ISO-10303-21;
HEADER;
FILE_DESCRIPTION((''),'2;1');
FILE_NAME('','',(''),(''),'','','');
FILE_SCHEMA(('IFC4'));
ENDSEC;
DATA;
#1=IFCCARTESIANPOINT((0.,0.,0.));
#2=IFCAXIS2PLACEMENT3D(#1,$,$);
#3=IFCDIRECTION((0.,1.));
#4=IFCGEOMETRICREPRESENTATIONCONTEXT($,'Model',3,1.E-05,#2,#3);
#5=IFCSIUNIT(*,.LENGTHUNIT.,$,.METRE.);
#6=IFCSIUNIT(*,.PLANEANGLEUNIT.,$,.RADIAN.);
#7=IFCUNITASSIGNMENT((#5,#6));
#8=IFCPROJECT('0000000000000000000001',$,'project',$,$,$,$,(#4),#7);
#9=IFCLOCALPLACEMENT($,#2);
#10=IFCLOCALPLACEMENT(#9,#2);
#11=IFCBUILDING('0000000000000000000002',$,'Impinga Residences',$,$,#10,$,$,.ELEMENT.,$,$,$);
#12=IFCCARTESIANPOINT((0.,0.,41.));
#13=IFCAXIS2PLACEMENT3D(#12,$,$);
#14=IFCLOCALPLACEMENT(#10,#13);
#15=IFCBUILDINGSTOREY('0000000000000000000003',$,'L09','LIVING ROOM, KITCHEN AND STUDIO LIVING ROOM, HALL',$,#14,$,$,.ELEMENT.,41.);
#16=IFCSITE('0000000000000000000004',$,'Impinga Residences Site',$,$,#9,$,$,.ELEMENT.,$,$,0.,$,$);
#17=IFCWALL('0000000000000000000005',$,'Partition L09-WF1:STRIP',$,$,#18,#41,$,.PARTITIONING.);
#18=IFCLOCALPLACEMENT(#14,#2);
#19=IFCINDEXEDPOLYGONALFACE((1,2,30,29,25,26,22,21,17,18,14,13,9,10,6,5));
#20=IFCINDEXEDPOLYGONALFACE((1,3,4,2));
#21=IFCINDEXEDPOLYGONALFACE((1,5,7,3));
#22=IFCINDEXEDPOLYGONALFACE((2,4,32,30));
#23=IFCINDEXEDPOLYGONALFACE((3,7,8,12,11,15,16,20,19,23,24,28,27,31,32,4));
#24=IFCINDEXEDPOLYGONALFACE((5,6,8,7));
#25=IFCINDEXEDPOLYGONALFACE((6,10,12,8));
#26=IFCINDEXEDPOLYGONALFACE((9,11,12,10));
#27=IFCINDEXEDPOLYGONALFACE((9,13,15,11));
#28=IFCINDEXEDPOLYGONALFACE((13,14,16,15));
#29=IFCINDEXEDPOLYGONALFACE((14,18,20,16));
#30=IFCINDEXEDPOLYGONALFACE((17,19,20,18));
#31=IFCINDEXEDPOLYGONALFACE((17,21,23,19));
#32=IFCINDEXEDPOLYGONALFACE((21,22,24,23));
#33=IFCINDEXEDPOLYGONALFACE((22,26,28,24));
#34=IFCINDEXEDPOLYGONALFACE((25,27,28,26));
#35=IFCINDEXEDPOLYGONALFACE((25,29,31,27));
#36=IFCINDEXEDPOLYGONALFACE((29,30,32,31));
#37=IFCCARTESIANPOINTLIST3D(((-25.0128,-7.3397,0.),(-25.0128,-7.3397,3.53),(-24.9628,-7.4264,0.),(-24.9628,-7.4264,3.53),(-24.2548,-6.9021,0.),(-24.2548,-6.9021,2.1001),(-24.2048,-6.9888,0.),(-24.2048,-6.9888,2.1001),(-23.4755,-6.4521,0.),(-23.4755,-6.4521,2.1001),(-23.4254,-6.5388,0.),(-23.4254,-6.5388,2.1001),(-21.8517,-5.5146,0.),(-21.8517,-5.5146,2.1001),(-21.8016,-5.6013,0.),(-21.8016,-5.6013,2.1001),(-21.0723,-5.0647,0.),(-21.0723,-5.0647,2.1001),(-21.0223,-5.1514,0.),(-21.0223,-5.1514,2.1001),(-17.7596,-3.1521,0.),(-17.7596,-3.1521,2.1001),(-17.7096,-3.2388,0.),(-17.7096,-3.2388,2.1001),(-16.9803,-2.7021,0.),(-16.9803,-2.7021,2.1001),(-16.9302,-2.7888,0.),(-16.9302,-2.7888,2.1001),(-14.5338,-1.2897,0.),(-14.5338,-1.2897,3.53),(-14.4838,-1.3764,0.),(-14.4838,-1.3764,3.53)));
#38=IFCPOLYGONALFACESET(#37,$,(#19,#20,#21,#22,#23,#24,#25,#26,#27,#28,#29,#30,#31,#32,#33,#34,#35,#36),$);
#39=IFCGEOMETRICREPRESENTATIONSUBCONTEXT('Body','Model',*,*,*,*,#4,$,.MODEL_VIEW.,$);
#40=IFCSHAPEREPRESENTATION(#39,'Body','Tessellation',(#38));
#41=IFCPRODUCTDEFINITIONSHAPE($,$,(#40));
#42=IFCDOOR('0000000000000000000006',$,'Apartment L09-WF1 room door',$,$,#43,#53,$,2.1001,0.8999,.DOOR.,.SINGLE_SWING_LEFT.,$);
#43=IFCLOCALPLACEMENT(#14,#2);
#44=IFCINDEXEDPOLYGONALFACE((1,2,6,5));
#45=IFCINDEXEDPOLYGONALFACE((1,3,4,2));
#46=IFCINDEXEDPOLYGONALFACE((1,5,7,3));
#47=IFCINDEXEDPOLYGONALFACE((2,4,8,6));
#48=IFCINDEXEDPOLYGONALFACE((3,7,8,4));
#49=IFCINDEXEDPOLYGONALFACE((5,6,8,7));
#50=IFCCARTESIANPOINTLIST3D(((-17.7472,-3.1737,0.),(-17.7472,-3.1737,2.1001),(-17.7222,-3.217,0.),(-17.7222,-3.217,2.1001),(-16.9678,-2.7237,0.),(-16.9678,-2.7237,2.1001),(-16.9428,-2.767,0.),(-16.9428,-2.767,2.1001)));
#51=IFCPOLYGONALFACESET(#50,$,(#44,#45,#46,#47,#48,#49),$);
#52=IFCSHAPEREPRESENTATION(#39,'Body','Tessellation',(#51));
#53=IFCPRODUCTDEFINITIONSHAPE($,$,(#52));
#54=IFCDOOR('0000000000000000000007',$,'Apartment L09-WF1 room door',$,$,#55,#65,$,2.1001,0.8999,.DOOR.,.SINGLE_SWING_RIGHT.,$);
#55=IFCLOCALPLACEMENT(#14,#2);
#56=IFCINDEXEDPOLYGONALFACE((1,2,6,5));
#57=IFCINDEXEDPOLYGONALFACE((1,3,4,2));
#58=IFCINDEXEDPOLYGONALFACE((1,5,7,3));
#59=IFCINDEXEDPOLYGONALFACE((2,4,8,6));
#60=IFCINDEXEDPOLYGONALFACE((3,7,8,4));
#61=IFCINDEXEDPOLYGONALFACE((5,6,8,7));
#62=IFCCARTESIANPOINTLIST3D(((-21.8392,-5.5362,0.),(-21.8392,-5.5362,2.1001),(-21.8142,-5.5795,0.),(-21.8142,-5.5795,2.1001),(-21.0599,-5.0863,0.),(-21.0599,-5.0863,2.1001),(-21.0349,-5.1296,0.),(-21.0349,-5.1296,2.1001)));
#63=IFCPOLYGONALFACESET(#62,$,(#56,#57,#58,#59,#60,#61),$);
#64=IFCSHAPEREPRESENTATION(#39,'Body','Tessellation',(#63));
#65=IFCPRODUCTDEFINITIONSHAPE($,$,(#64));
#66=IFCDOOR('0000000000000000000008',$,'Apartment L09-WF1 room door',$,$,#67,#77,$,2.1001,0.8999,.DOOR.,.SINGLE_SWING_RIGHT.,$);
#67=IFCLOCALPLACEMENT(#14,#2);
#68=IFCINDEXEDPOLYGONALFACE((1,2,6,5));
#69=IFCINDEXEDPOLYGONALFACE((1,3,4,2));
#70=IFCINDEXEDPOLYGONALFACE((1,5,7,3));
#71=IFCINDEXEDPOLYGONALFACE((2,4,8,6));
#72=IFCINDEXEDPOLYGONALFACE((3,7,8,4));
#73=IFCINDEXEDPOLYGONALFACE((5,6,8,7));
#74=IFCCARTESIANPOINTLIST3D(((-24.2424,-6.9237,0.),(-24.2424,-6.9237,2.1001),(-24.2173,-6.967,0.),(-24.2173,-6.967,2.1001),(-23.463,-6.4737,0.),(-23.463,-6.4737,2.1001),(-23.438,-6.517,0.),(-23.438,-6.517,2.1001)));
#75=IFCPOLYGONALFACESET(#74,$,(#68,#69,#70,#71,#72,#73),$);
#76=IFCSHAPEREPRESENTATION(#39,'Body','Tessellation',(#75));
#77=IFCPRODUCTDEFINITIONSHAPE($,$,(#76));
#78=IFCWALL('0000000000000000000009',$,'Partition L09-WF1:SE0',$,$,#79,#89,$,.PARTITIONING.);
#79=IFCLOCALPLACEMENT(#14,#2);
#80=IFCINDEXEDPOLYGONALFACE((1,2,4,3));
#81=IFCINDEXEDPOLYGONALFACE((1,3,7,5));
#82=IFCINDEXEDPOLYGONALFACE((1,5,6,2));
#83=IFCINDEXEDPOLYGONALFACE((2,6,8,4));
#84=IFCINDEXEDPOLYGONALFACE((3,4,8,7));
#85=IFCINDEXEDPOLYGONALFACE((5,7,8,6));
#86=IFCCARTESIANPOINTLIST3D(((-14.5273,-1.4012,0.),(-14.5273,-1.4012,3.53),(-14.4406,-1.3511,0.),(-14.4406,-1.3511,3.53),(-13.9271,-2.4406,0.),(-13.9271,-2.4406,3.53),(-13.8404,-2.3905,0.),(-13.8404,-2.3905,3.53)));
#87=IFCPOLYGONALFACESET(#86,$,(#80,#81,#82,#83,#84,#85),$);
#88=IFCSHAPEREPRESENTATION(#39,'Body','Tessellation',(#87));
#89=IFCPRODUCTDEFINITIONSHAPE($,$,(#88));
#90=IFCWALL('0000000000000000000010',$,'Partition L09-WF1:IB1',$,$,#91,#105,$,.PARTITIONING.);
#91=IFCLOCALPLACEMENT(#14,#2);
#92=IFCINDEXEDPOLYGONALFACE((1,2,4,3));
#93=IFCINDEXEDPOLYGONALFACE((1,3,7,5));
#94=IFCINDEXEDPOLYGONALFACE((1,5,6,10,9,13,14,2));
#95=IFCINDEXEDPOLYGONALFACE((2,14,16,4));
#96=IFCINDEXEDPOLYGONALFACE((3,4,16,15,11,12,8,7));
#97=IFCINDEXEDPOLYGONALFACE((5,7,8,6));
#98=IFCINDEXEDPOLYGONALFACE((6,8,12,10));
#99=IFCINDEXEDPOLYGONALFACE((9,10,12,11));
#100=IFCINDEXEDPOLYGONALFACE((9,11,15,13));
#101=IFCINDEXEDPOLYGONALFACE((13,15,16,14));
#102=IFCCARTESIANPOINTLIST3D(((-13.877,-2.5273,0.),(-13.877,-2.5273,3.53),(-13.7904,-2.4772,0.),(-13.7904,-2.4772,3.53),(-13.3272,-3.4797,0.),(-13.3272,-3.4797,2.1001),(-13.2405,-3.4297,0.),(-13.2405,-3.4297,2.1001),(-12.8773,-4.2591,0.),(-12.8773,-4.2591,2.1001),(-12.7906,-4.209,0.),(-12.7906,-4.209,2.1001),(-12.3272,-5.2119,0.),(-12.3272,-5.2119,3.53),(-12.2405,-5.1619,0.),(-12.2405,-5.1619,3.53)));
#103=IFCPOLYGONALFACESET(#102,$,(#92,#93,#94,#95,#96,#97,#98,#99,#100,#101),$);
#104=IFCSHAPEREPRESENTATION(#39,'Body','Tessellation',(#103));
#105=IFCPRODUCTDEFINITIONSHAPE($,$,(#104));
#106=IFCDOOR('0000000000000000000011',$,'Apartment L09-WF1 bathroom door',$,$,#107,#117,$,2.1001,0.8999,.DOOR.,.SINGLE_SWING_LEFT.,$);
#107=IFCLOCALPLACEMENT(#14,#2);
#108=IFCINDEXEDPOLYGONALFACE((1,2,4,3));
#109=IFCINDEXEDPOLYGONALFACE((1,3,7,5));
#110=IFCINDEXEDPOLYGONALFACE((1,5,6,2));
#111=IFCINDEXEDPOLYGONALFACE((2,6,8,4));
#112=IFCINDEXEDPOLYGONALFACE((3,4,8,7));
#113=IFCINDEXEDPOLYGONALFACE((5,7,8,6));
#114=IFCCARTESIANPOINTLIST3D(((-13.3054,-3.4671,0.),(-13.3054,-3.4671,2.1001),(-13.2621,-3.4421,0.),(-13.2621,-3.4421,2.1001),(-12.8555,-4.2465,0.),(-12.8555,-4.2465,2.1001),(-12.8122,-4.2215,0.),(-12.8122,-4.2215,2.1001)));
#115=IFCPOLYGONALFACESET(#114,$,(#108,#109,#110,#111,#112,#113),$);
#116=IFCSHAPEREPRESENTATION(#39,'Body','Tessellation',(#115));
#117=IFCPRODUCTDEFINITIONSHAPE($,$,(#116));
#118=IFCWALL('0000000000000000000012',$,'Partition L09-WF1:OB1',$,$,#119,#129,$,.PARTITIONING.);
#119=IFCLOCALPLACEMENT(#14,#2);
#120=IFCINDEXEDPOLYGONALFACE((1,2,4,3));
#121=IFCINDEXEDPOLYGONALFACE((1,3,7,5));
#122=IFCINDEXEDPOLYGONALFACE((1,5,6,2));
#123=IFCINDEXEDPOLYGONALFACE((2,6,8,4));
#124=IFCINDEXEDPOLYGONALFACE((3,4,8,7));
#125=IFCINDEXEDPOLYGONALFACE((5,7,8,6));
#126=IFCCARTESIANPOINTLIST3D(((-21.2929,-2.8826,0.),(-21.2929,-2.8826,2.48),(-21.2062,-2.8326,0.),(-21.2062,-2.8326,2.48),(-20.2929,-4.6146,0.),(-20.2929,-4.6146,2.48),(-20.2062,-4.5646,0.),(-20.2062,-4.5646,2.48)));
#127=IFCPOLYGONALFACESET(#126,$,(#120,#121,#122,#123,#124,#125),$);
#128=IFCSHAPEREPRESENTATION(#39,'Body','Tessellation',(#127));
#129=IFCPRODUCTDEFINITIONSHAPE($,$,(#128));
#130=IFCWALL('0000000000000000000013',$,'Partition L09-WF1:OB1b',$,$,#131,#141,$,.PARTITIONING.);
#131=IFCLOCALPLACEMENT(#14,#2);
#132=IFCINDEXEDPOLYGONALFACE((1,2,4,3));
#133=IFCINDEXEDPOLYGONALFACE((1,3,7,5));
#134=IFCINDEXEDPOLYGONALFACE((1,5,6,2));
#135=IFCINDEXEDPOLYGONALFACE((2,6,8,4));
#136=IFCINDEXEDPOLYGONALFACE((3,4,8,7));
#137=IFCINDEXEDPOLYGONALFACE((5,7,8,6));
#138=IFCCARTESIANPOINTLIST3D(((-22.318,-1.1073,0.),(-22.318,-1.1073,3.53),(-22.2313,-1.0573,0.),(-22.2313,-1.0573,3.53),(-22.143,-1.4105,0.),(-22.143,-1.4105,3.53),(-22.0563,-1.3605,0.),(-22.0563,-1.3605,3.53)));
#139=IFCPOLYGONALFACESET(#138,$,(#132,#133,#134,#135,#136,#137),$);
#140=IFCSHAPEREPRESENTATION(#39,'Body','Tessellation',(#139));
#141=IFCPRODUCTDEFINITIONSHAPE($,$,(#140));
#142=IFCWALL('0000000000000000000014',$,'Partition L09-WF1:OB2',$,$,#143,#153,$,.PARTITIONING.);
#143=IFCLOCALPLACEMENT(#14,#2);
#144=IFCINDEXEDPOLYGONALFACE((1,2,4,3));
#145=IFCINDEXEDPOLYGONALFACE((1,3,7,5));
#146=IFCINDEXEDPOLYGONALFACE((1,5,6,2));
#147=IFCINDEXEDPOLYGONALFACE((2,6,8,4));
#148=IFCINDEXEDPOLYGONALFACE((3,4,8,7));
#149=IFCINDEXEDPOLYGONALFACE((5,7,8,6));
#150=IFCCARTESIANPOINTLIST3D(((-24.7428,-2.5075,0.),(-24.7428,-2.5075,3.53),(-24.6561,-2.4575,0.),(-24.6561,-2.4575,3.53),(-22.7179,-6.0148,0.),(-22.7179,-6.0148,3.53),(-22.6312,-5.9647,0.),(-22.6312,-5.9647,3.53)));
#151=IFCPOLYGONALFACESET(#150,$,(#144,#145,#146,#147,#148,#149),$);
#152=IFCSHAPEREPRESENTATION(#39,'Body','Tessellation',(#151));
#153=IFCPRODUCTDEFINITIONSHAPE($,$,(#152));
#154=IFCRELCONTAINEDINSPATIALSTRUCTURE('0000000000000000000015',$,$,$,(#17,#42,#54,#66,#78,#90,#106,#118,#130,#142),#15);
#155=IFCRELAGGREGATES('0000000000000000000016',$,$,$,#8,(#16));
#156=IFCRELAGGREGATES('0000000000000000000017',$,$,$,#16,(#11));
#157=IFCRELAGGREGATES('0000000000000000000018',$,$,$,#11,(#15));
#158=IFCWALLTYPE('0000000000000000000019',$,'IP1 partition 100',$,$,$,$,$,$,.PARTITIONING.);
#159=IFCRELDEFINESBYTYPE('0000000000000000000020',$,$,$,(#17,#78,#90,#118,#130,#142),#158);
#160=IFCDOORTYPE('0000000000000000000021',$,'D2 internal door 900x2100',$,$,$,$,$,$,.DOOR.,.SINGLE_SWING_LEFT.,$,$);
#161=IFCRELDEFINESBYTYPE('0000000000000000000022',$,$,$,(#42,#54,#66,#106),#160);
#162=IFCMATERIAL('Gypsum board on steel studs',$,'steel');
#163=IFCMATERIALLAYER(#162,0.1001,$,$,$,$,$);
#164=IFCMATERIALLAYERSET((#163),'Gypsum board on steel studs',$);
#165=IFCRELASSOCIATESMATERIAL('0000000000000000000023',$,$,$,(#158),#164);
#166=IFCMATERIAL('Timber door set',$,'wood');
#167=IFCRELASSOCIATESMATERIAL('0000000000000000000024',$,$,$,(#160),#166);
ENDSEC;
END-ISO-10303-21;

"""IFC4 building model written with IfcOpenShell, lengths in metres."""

from ifc_helpers import new_model, si_unit, direction, frame, frame_2d, origin, place, context, subcontext, project, spatial, rectangle, extrude, material, layer, layer_set, type_object, element, fill, save


model = new_model("IFC4")

# Units and contexts
model_context = context("Model", 3, precision=1e-05, world=origin(), true_north=direction((0.0, 1.0)))
body_context = subcontext(model_context, "Body", "Model", "MODEL_VIEW")
ifc_project = project(units=[si_unit("LENGTHUNIT", "METRE"), si_unit("PLANEANGLEUNIT", "RADIAN")], contexts=[model_context])

# Site, building, storey
site_placement = place(None, origin())
site = spatial("IfcSite", under=ifc_project, at=site_placement, Name="Impinga Residences Site", CompositionType="ELEMENT", RefElevation=0.0)
building_placement = place(site_placement, origin())
building = spatial("IfcBuilding", under=site, at=building_placement, Name="Impinga Residences", CompositionType="ELEMENT")
storey_placement = place(building_placement, frame((0.0, 0.0, 41.0)))
storey = spatial("IfcBuildingStorey", under=building, at=storey_placement, Name="L09", Description="LIVING ROOM, KITCHEN AND STUDIO LIVING ROOM, HALL", CompositionType="ELEMENT", Elevation=41.0)

# Shared definitions
ifc_material_1 = material(Name="Timber door set", Category="wood")

# Shared definitions
ifc_material_2 = material(Name="Gypsum board on steel studs", Category="steel")
ifc_layer_1 = layer(ifc_material_2, 0.1001)
ifc_layer_set_1 = layer_set([ifc_layer_1], Name="Gypsum board on steel studs")
wall_type_1 = type_object("IfcWallType", Name="IP1 partition 100", PredefinedType="PARTITIONING", material=ifc_layer_set_1)

# Wall, openings, doors
wall_1_placement = place(storey_placement, frame((-14.5088, -1.333, 0.0), z_axis=(0.0, 0.0, 1.0), x_axis=(-0.866026, -0.5, 0.0)))
wall_1 = element("IfcWall", 1, at=wall_1_placement, inside=storey, type_object=wall_type_1, Name="Partition L09-WF1:STRIP", PredefinedType="PARTITIONING", context=body_context, shape_type="SweptSolid", body=[
    extrude(rectangle(XDim=12.1001, YDim=0.1001, at=frame_2d((6.05, 0.0))), origin(), (0.0, 0.0, 1.0), 3.53),
])
opening_1_placement = place(wall_1_placement, frame((2.825, 0.0, 0.0)))
opening_1 = element("IfcOpeningElement", 2, at=opening_1_placement, cuts=wall_1, PredefinedType="OPENING", context=body_context, shape_type="SweptSolid", body=[
    extrude(rectangle(XDim=0.8999, YDim=2.1001, at=frame_2d((0.45, 1.05))), frame((0.0, 0.0601, 0.0), z_axis=(0.0, -1.0, 0.0), x_axis=(1.0, 0.0, 0.0)), (0.0, 0.0, 1.0), 0.1201),
])
opening_2_placement = place(wall_1_placement, frame((7.55, 0.0, 0.0)))
opening_2 = element("IfcOpeningElement", 3, at=opening_2_placement, cuts=wall_1, PredefinedType="OPENING", context=body_context, shape_type="SweptSolid", body=[
    extrude(rectangle(XDim=0.8999, YDim=2.1001, at=frame_2d((0.45, 1.05))), frame((0.0, 0.0601, 0.0), z_axis=(0.0, -1.0, 0.0), x_axis=(1.0, 0.0, 0.0)), (0.0, 0.0, 1.0), 0.1201),
])
opening_3_placement = place(wall_1_placement, frame((10.325, 0.0, 0.0)))
opening_3 = element("IfcOpeningElement", 4, at=opening_3_placement, cuts=wall_1, PredefinedType="OPENING", context=body_context, shape_type="SweptSolid", body=[
    extrude(rectangle(XDim=0.8999, YDim=2.1001, at=frame_2d((0.45, 1.05))), frame((0.0, 0.0601, 0.0), z_axis=(0.0, -1.0, 0.0), x_axis=(1.0, 0.0, 0.0)), (0.0, 0.0, 1.0), 0.1201),
])
door_type_1 = type_object("IfcDoorType", Name="D2 internal door 900x2100", OperationType="SINGLE_SWING_LEFT", PredefinedType="DOOR", material=ifc_material_1)
door_1_placement = place(opening_1_placement, origin())
door_1 = element("IfcDoor", 5, at=door_1_placement, inside=storey, type_object=door_type_1, Name="Apartment L09-WF1 room door", OperationType="SINGLE_SWING_LEFT", OverallHeight=2.1001, OverallWidth=0.8999, PredefinedType="DOOR", context=body_context, shape_type="SweptSolid", body=[
    extrude(rectangle(XDim=0.8999, YDim=2.1001, at=frame_2d((0.45, 1.05))), frame((0.0, 0.0249, 0.0), z_axis=(0.0, -1.0, 0.0), x_axis=(1.0, 0.0, 0.0)), (0.0, 0.0, 1.0), 0.05),
])
fill(opening_1, door_1)
door_2_placement = place(opening_2_placement, origin())
door_2 = element("IfcDoor", 6, at=door_2_placement, inside=storey, type_object=door_type_1, Name="Apartment L09-WF1 room door", OperationType="SINGLE_SWING_RIGHT", OverallHeight=2.1001, OverallWidth=0.8999, PredefinedType="DOOR", context=body_context, shape_type="SweptSolid", body=[
    extrude(rectangle(XDim=0.8999, YDim=2.1001, at=frame_2d((0.45, 1.05))), frame((0.0, 0.0249, 0.0), z_axis=(0.0, -1.0, 0.0), x_axis=(1.0, 0.0, 0.0)), (0.0, 0.0, 1.0), 0.05),
])
fill(opening_2, door_2)
door_3_placement = place(opening_3_placement, origin())
door_3 = element("IfcDoor", 7, at=door_3_placement, inside=storey, type_object=door_type_1, Name="Apartment L09-WF1 room door", OperationType="SINGLE_SWING_RIGHT", OverallHeight=2.1001, OverallWidth=0.8999, PredefinedType="DOOR", context=body_context, shape_type="SweptSolid", body=[
    extrude(rectangle(XDim=0.8999, YDim=2.1001, at=frame_2d((0.45, 1.05))), frame((0.0, 0.0249, 0.0), z_axis=(0.0, -1.0, 0.0), x_axis=(1.0, 0.0, 0.0)), (0.0, 0.0, 1.0), 0.05),
])
fill(opening_3, door_3)

# Wall
wall_2_placement = place(storey_placement, frame((-13.8838, -2.4155, 0.0), z_axis=(0.0, 0.0, 1.0), x_axis=(-0.500034, 0.866006, 0.0)))
element("IfcWall", 8, at=wall_2_placement, inside=storey, type_object=wall_type_1, Name="Partition L09-WF1:SE0", PredefinedType="PARTITIONING", context=body_context, shape_type="SweptSolid", body=[
    extrude(rectangle(XDim=1.2002, YDim=0.1001, at=frame_2d((0.6001, 0.0))), origin(), (0.0, 0.0, 1.0), 3.53),
])

# Wall, opening, door
wall_3_placement = place(storey_placement, frame((-12.2839, -5.1868, 0.0), z_axis=(0.0, 0.0, 1.0), x_axis=(-0.499968, 0.866044, 0.0)))
wall_3 = element("IfcWall", 9, at=wall_3_placement, inside=storey, type_object=wall_type_1, Name="Partition L09-WF1:IB1", PredefinedType="PARTITIONING", context=body_context, shape_type="SweptSolid", body=[
    extrude(rectangle(XDim=3.0999, YDim=0.1001, at=frame_2d((1.5498, 0.0))), origin(), (0.0, 0.0, 1.0), 3.53),
])
opening_4_placement = place(wall_3_placement, frame((1.1001, 0.0, 0.0)))
opening_4 = element("IfcOpeningElement", 10, at=opening_4_placement, cuts=wall_3, PredefinedType="OPENING", context=body_context, shape_type="SweptSolid", body=[
    extrude(rectangle(XDim=0.8999, YDim=2.1001, at=frame_2d((0.45, 1.05))), frame((0.0, 0.0601, 0.0), z_axis=(0.0, -1.0, 0.0), x_axis=(1.0, 0.0, 0.0)), (0.0, 0.0, 1.0), 0.1201),
])
door_4_placement = place(opening_4_placement, origin())
door_4 = element("IfcDoor", 11, at=door_4_placement, inside=storey, type_object=door_type_1, Name="Apartment L09-WF1 bathroom door", OperationType="SINGLE_SWING_LEFT", OverallHeight=2.1001, OverallWidth=0.8999, PredefinedType="DOOR", context=body_context, shape_type="SweptSolid", body=[
    extrude(rectangle(XDim=0.8999, YDim=2.1001, at=frame_2d((0.45, 1.05))), frame((0.0, 0.0249, 0.0), z_axis=(0.0, -1.0, 0.0), x_axis=(1.0, 0.0, 0.0)), (0.0, 0.0, 1.0), 0.05),
])
fill(opening_4, door_4)

# Walls
wall_4_placement = place(storey_placement, frame((-20.2495, -4.5896, 0.0), z_axis=(0.0, 0.0, 1.0), x_axis=(-0.500025, 0.866011, 0.0)))
element("IfcWall", 12, at=wall_4_placement, inside=storey, type_object=wall_type_1, Name="Partition L09-WF1:OB1", PredefinedType="PARTITIONING", context=body_context, shape_type="SweptSolid", body=[
    extrude(rectangle(XDim=2.0, YDim=0.1001, at=frame_2d((1.0, 0.0))), origin(), (0.0, 0.0, 1.0), 2.48),
])
wall_5_placement = place(storey_placement, frame((-22.0996, -1.3855, 0.0), z_axis=(0.0, 0.0, 1.0), x_axis=(-0.499964, 0.866046, 0.0)))
element("IfcWall", 13, at=wall_5_placement, inside=storey, type_object=wall_type_1, Name="Partition L09-WF1:OB1b", PredefinedType="PARTITIONING", context=body_context, shape_type="SweptSolid", body=[
    extrude(rectangle(XDim=0.3501, YDim=0.1001, at=frame_2d((0.175, 0.0))), origin(), (0.0, 0.0, 1.0), 3.53),
])
wall_6_placement = place(storey_placement, frame((-22.6746, -5.9897, 0.0), z_axis=(0.0, 0.0, 1.0), x_axis=(-0.49999, 0.866031, 0.0)))
element("IfcWall", 14, at=wall_6_placement, inside=storey, type_object=wall_type_1, Name="Partition L09-WF1:OB2", PredefinedType="PARTITIONING", context=body_context, shape_type="SweptSolid", body=[
    extrude(rectangle(XDim=4.0498, YDim=0.1001, at=frame_2d((2.0249, 0.0))), origin(), (0.0, 0.0, 1.0), 3.53),
])

save(model, "model.ifc")
